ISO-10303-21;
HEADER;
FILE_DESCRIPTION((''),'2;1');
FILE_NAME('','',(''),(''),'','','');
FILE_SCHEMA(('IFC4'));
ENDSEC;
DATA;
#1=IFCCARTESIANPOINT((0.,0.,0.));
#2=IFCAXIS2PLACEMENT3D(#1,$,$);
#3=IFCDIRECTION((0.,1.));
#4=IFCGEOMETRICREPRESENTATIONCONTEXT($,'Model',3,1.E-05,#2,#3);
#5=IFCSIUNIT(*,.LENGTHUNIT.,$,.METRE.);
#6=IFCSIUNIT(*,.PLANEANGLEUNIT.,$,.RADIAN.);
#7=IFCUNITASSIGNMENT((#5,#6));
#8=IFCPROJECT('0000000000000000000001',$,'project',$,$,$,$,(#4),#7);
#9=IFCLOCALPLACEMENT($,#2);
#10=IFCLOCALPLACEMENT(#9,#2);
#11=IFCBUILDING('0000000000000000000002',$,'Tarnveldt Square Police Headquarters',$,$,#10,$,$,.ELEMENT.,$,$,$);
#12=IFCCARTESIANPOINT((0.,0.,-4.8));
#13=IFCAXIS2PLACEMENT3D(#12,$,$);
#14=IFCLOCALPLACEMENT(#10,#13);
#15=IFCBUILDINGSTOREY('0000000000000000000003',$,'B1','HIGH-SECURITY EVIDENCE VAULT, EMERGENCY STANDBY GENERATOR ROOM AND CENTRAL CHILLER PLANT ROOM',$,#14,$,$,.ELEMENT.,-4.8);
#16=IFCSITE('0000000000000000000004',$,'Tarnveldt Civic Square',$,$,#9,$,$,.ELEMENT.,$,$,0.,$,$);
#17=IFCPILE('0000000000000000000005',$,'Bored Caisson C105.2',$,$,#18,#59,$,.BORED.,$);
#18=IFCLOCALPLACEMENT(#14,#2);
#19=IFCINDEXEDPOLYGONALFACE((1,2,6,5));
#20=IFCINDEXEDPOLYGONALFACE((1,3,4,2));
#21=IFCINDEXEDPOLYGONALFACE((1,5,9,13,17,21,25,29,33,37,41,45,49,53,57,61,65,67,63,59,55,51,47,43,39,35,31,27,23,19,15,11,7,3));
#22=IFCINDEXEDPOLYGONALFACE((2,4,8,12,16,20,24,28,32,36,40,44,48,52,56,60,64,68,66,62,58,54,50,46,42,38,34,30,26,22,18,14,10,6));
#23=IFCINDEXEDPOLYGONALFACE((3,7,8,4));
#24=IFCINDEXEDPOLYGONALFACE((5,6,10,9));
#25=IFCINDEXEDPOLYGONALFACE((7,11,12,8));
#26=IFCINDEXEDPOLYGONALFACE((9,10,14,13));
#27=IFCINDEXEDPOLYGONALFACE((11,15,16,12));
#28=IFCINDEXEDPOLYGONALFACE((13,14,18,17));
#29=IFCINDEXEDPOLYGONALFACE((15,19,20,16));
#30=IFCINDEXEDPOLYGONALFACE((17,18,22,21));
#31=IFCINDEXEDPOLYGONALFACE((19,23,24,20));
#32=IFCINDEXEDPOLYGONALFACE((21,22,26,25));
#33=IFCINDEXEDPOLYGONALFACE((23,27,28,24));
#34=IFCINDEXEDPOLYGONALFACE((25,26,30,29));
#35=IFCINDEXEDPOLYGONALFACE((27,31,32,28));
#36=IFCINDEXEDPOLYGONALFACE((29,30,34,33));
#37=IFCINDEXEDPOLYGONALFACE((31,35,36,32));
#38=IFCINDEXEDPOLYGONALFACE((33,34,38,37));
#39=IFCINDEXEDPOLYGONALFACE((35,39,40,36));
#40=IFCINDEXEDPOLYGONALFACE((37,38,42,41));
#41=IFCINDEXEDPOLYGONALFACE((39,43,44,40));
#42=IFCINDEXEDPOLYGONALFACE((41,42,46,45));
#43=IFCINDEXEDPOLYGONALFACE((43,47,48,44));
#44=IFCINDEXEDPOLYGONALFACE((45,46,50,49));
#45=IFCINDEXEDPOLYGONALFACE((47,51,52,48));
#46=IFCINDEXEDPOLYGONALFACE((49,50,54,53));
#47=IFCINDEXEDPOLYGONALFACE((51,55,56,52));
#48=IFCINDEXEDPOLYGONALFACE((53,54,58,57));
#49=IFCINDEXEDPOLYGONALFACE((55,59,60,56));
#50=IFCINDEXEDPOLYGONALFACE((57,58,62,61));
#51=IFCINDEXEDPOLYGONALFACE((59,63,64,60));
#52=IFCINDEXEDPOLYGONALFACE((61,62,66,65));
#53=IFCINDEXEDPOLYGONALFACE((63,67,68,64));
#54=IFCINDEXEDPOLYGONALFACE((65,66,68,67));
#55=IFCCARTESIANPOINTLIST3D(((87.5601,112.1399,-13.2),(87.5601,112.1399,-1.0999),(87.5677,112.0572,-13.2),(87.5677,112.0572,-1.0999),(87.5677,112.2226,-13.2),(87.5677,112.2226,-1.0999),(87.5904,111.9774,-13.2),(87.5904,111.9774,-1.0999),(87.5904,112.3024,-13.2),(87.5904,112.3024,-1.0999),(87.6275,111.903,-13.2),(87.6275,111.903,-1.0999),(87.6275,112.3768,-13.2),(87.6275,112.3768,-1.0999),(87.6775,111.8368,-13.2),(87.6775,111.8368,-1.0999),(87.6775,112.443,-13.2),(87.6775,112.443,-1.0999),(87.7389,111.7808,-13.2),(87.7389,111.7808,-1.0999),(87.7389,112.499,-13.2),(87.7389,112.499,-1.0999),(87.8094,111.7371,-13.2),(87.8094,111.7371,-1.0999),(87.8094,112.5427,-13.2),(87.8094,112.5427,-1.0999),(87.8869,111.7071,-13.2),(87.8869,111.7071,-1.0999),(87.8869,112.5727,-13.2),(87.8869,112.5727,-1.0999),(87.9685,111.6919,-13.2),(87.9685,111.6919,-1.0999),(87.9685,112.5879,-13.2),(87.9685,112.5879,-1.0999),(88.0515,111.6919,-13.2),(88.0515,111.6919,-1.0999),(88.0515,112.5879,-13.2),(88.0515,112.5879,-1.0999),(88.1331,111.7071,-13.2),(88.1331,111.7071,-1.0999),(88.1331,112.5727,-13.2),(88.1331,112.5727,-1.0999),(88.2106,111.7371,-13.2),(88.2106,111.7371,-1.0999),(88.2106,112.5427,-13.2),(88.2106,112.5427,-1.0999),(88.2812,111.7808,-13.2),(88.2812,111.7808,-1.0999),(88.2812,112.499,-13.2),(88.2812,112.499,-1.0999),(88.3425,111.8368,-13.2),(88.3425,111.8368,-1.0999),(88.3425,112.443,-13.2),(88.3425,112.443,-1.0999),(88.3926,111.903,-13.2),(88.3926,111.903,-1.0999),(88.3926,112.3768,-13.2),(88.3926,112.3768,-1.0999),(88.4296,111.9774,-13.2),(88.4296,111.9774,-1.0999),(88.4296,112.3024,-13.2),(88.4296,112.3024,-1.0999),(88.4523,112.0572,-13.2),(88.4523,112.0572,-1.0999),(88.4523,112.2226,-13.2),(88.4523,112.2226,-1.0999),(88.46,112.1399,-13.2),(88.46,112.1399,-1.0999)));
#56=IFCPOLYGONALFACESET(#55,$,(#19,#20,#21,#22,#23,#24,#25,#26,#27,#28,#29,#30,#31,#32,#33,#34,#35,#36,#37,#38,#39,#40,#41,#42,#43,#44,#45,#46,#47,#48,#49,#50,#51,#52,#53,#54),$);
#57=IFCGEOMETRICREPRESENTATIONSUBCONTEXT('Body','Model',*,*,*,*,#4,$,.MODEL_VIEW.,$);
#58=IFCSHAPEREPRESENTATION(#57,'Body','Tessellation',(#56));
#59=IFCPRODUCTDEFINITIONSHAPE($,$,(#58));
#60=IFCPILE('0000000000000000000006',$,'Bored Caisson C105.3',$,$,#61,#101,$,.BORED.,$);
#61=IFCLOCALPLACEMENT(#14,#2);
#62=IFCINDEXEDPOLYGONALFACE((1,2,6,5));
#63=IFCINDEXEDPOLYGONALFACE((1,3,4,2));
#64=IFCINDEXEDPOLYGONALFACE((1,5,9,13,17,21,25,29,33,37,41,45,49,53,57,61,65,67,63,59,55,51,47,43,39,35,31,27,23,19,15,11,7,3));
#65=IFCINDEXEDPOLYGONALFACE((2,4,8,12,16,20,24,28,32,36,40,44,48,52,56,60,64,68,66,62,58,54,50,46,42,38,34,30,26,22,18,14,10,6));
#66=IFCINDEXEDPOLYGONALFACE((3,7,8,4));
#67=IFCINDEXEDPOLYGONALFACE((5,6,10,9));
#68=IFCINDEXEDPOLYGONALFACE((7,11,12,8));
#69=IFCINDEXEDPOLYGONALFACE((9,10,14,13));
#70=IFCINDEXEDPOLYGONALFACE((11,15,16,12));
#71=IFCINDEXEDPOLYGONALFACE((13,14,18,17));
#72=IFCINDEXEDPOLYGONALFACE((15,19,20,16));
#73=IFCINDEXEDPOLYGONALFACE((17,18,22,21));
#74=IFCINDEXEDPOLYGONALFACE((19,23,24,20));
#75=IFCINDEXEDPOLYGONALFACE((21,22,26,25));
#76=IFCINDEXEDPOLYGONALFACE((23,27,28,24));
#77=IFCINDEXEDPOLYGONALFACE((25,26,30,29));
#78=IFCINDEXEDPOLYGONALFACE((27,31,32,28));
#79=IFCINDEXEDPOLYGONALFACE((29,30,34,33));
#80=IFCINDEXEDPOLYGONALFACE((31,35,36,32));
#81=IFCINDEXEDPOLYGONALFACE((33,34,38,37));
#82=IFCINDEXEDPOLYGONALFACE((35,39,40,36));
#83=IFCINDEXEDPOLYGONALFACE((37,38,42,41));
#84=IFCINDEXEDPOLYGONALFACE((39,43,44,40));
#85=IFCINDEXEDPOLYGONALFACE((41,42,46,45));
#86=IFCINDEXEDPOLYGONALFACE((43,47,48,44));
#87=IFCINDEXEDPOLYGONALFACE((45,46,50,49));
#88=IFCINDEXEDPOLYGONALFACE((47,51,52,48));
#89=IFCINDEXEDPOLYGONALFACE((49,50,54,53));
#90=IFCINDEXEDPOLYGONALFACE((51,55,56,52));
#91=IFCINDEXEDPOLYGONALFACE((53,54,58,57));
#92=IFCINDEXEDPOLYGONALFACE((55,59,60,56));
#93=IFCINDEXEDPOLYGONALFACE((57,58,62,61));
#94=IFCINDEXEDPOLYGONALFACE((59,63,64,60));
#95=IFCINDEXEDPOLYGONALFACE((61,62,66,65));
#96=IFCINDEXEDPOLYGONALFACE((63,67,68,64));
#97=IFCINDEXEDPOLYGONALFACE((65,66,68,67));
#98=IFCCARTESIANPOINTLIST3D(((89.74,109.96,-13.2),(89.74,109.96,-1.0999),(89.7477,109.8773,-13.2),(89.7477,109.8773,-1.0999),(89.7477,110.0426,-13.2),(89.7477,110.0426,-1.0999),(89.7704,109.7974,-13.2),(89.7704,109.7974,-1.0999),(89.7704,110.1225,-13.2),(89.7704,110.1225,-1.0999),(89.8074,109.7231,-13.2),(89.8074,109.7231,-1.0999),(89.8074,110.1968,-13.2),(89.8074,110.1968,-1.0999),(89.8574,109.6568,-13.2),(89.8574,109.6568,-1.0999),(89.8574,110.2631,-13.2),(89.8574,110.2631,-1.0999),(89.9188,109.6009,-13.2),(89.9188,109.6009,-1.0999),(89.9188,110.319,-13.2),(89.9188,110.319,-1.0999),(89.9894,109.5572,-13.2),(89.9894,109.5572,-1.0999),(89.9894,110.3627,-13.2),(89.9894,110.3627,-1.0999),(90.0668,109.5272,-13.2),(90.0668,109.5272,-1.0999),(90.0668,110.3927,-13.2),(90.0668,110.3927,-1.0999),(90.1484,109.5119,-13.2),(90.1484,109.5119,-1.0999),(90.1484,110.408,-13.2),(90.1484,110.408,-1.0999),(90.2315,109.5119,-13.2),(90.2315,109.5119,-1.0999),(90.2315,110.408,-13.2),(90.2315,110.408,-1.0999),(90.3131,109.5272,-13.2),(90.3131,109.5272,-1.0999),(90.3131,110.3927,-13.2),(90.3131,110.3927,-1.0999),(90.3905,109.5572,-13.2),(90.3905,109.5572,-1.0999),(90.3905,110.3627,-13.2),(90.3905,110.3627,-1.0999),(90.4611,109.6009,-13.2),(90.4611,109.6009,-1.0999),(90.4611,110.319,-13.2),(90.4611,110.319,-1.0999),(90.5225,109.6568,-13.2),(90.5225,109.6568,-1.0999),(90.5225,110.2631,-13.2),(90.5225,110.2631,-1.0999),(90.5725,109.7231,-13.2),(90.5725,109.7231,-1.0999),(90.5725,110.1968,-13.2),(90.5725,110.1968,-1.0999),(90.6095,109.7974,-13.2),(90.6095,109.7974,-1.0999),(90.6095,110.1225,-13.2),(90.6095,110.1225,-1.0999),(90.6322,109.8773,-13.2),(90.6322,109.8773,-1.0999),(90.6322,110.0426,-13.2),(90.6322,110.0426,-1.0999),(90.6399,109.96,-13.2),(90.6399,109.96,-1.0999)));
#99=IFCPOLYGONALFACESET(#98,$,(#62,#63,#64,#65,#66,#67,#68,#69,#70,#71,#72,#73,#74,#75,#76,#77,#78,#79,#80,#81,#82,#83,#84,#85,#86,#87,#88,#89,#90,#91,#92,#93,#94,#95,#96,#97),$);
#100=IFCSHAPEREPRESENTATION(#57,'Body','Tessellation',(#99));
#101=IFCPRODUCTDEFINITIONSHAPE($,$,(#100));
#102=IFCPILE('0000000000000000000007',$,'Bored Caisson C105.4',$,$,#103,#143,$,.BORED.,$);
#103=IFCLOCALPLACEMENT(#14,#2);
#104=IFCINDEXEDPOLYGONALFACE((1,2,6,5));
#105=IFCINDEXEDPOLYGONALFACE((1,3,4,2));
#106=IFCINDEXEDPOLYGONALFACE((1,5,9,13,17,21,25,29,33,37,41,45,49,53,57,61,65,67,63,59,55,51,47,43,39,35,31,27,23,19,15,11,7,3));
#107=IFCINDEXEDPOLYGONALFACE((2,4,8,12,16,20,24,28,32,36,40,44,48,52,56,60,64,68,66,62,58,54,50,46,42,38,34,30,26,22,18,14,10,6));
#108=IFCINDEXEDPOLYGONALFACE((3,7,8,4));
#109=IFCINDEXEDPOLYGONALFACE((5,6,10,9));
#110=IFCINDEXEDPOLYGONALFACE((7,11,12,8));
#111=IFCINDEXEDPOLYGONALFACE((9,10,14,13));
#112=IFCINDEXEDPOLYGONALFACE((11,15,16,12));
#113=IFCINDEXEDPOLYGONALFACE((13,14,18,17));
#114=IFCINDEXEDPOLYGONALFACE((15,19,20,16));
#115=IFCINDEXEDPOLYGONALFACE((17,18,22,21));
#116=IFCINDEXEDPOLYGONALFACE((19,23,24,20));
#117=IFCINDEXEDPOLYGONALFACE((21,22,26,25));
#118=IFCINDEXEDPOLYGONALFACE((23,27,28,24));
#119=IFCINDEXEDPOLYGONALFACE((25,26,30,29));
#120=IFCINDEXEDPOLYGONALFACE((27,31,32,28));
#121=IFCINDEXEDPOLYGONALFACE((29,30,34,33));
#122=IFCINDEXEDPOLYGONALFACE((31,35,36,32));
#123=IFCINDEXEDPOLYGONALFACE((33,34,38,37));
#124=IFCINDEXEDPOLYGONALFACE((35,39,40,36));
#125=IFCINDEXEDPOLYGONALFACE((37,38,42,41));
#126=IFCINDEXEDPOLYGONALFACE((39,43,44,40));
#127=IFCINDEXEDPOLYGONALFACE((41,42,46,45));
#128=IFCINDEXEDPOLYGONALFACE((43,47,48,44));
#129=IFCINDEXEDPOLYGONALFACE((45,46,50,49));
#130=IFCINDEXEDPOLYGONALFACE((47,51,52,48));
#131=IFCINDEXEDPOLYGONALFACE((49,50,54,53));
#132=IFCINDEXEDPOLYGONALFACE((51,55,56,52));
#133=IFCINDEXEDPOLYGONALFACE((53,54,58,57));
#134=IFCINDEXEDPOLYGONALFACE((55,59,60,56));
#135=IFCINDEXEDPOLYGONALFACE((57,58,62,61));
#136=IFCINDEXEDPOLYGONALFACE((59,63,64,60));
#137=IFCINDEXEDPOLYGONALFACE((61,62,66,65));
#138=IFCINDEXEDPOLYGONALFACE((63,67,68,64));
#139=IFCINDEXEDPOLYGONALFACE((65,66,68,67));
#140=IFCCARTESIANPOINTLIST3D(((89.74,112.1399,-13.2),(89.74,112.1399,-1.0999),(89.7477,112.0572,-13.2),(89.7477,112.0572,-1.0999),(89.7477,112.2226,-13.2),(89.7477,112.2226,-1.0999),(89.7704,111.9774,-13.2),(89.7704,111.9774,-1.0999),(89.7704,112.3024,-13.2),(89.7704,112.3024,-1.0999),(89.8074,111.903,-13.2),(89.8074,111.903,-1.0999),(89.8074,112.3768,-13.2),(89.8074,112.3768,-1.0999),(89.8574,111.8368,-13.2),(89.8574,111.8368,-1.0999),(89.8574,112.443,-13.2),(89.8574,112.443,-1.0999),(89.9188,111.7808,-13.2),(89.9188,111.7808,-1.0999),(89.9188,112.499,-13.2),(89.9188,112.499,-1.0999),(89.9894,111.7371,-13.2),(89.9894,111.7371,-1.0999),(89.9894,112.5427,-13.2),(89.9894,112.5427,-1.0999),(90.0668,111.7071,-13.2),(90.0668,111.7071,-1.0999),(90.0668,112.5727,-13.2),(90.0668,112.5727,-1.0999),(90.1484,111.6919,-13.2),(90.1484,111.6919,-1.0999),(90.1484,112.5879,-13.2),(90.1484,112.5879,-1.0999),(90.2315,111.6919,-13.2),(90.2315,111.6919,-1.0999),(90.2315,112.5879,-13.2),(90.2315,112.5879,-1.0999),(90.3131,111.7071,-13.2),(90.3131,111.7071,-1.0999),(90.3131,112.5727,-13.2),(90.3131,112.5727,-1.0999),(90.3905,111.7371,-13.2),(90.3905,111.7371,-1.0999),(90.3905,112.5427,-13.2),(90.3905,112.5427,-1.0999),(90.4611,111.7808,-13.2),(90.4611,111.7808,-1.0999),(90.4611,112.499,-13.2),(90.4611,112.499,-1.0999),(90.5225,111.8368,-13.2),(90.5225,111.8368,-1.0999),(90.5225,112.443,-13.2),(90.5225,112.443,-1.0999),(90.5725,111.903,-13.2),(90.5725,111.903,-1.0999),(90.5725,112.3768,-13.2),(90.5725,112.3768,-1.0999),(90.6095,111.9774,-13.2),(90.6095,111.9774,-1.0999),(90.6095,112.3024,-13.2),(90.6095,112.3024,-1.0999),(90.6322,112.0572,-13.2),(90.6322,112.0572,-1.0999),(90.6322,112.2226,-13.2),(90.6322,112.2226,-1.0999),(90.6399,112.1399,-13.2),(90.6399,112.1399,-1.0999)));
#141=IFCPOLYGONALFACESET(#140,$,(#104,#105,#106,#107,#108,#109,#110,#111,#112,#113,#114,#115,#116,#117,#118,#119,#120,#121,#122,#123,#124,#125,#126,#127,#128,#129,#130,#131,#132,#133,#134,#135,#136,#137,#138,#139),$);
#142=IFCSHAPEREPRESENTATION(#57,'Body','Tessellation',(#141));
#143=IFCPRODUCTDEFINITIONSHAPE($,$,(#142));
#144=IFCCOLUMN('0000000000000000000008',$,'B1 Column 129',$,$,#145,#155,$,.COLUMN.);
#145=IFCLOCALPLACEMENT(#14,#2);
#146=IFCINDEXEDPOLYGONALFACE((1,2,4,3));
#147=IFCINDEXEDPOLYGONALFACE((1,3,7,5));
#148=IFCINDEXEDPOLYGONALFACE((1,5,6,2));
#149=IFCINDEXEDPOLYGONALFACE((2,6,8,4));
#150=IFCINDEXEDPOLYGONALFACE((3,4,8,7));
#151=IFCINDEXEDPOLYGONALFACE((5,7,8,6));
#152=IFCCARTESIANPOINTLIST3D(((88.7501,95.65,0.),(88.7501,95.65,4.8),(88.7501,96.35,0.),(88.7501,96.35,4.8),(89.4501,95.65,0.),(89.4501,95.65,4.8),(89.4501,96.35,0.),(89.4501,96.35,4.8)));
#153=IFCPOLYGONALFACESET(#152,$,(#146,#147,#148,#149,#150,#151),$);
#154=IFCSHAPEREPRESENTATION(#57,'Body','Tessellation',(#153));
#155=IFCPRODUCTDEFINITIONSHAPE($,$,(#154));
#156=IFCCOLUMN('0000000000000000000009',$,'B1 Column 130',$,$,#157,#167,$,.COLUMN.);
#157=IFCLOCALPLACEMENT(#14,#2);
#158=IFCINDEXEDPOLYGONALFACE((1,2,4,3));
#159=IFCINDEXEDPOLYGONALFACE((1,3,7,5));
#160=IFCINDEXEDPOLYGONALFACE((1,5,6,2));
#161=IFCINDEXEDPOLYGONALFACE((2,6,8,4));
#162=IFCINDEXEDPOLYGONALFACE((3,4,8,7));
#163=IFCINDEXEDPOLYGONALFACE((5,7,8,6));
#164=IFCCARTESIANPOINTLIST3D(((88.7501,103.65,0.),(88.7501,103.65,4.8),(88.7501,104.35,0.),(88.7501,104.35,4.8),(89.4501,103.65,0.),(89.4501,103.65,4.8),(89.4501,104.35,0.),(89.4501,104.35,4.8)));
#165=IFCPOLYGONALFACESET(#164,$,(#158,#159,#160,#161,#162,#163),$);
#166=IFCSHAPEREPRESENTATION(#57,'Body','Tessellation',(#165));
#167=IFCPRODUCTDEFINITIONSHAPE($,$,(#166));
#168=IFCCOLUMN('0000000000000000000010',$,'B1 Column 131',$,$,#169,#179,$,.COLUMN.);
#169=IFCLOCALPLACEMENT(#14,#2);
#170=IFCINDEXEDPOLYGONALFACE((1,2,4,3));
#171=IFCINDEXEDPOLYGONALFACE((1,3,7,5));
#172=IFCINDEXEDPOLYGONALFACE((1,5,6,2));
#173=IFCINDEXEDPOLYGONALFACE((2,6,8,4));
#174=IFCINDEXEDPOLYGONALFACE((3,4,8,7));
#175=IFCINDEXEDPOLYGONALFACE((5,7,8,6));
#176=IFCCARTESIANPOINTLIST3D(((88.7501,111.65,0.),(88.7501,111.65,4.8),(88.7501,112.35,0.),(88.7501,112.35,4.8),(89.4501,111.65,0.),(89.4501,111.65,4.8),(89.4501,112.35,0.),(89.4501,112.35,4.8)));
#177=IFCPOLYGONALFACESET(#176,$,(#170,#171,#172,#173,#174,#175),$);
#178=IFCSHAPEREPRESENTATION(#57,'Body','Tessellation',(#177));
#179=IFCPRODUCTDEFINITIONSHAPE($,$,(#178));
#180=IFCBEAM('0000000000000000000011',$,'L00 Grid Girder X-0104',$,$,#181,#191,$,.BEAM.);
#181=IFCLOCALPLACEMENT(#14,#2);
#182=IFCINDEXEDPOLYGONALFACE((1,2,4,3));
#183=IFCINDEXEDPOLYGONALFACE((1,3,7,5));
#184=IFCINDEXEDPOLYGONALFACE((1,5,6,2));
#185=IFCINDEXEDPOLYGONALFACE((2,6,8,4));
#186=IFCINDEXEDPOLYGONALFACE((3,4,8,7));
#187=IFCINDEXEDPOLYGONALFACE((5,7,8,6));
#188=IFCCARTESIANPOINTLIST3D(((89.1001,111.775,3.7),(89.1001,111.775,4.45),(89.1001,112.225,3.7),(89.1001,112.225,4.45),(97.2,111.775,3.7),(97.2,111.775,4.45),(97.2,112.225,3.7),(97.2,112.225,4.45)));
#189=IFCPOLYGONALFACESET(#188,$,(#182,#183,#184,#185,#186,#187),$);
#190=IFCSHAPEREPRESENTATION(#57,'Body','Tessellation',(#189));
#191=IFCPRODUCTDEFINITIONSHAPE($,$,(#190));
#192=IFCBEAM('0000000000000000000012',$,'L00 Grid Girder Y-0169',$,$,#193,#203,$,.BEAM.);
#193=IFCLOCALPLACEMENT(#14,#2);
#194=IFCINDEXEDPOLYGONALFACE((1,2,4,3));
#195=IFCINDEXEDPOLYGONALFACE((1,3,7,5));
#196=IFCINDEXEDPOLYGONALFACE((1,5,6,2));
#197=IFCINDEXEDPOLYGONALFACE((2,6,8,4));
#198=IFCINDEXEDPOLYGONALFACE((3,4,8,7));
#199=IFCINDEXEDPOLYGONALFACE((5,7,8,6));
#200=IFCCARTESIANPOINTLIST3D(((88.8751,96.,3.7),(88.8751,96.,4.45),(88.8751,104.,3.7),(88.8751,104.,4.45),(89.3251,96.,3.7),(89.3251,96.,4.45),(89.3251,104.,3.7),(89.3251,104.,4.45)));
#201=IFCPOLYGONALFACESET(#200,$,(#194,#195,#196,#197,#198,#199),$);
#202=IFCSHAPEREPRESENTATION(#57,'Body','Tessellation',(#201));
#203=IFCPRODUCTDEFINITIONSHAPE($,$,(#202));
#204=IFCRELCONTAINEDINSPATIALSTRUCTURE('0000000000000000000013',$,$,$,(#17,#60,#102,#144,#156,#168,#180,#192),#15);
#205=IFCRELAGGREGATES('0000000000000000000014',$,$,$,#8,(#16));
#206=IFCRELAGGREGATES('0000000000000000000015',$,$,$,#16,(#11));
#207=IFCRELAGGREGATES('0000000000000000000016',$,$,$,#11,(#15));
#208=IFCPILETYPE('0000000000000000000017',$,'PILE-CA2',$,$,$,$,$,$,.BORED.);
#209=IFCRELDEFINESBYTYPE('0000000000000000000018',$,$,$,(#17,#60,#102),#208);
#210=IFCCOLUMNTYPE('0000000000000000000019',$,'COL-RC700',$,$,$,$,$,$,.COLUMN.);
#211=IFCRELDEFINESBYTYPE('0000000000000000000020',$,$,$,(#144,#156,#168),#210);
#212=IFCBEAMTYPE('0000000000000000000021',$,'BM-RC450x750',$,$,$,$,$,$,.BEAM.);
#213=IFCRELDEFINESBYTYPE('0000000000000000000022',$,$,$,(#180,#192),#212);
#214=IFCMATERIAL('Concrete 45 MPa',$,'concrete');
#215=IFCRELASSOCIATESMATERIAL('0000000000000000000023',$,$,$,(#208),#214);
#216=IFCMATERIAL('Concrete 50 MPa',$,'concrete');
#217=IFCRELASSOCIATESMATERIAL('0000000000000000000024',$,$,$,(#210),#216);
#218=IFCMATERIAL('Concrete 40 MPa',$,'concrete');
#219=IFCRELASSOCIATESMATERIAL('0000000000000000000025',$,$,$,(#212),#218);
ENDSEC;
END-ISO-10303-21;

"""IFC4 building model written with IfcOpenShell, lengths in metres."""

from ifc_helpers import new_model, si_unit, direction, frame, origin, origin_2d, place, context, subcontext, project, spatial, rectangle, circle, extrude, material, material_profile, profile_set, type_object, element, save


model = new_model("IFC4")

# Units and contexts
model_context = context("Model", 3, precision=1e-05, world=origin(), true_north=direction((0.0, 1.0)))
body_context = subcontext(model_context, "Body", "Model", "MODEL_VIEW")
ifc_project = project(units=[si_unit("LENGTHUNIT", "METRE"), si_unit("PLANEANGLEUNIT", "RADIAN")], contexts=[model_context])

# Site, building, storey
site_placement = place(None, origin())
site = spatial("IfcSite", under=ifc_project, at=site_placement, Name="Tarnveldt Civic Square", CompositionType="ELEMENT", RefElevation=0.0)
building_placement = place(site_placement, origin())
building = spatial("IfcBuilding", under=site, at=building_placement, Name="Tarnveldt Square Police Headquarters", CompositionType="ELEMENT")
storey_placement = place(building_placement, frame((0.0, 0.0, -4.8)))
storey = spatial("IfcBuildingStorey", under=building, at=storey_placement, Name="B1", Description="HIGH-SECURITY EVIDENCE VAULT, EMERGENCY STANDBY GENERATOR ROOM AND CENTRAL CHILLER PLANT ROOM", CompositionType="ELEMENT", Elevation=-4.8)

# Shared definitions
ifc_material_1 = material(Name="Concrete 45 MPa", Category="concrete")

# Piles
ifc_material_profile_1 = material_profile(ifc_material_1, circle(Radius=0.45, at=origin_2d()), Name="CAISSON-D900")
ifc_profile_set_1 = profile_set([ifc_material_profile_1], Name="Concrete 45 MPa")
pile_type = type_object("IfcPileType", Name="PILE-CA2", PredefinedType="BORED", material=ifc_profile_set_1)
for number, where, z_axis, x_axis, name in (
    (1, (88.01, 112.1399, -1.0999), (0.0, 0.0, -1.0), (1.0, 0.0, 0.0), "Bored Caisson C105.2"),
    (2, (90.1899, 109.96, -1.0999), (0.0, 0.0, -1.0), (1.0, 0.0, 0.0), "Bored Caisson C105.3"),
    (3, (90.1899, 112.1399, -1.0999), (0.0, 0.0, -1.0), (1.0, 0.0, 0.0), "Bored Caisson C105.4"),
):
    element("IfcPile", number, at=place(storey_placement, frame(where, z_axis=z_axis, x_axis=x_axis)), inside=storey, type_object=pile_type, Name=name, PredefinedType="BORED", context=body_context, shape_type="SweptSolid", body=[
        extrude(circle(Radius=0.45, at=origin_2d()), origin(), (0.0, 0.0, 1.0), 12.1001),
    ])

# Columns
ifc_material_2 = material(Name="Concrete 50 MPa", Category="concrete")
ifc_material_profile_2 = material_profile(ifc_material_2, rectangle(XDim=0.7, YDim=0.7, at=origin_2d()), Name="RC-C700x700")
ifc_profile_set_2 = profile_set([ifc_material_profile_2], Name="Concrete 50 MPa")
column_type = type_object("IfcColumnType", Name="COL-RC700", PredefinedType="COLUMN", material=ifc_profile_set_2)
for number, where, z_axis, x_axis, name in (
    (4, (89.1001, 96.0, 0.0), (0.0, 0.0, 1.0), (1.0, 0.0, 0.0), "B1 Column 129"),
    (5, (89.1001, 104.0, 0.0), (0.0, 0.0, 1.0), (1.0, 0.0, 0.0), "B1 Column 130"),
    (6, (89.1001, 112.0, 0.0), (0.0, 0.0, 1.0), (1.0, 0.0, 0.0), "B1 Column 131"),
):
    element("IfcColumn", number, at=place(storey_placement, frame(where, z_axis=z_axis, x_axis=x_axis)), inside=storey, type_object=column_type, Name=name, PredefinedType="COLUMN", context=body_context, shape_type="SweptSolid", body=[
        extrude(rectangle(XDim=0.7, YDim=0.7, at=origin_2d()), origin(), (0.0, 0.0, 1.0), 4.8),
    ])

# Beams
ifc_material_3 = material(Name="Concrete 40 MPa", Category="concrete")
ifc_material_profile_3 = material_profile(ifc_material_3, rectangle(XDim=0.45, YDim=0.75, at=origin_2d()), Name="RC-B450x750")
ifc_profile_set_3 = profile_set([ifc_material_profile_3], Name="Concrete 40 MPa")
beam_type_1 = type_object("IfcBeamType", Name="BM-RC450x750", PredefinedType="BEAM", material=ifc_profile_set_3)
beam_1_placement = place(storey_placement, frame((89.1001, 112.0, 4.075), z_axis=(1.0, 0.0, 0.0), x_axis=(0.0, 1.0, 0.0)))
element("IfcBeam", 7, at=beam_1_placement, inside=storey, type_object=beam_type_1, Name="L00 Grid Girder X-0104", PredefinedType="BEAM", context=body_context, shape_type="SweptSolid", body=[
    extrude(rectangle(XDim=0.45, YDim=0.75, at=origin_2d()), origin(), (0.0, 0.0, 1.0), 8.0999),
])
for number, where, z_axis, x_axis, name in (
    (8, (89.1001, 96.0, 4.075), (0.0, 1.0, 0.0), (-1.0, 0.0, 0.0), "L00 Grid Girder Y-0169"),
):
    element("IfcBeam", number, at=place(storey_placement, frame(where, z_axis=z_axis, x_axis=x_axis)), inside=storey, type_object=beam_type_1, Name=name, PredefinedType="BEAM", context=body_context, shape_type="SweptSolid", body=[
        extrude(rectangle(XDim=0.45, YDim=0.75, at=origin_2d()), origin(), (0.0, 0.0, 1.0), 8.0),
    ])

save(model, "model.ifc")
